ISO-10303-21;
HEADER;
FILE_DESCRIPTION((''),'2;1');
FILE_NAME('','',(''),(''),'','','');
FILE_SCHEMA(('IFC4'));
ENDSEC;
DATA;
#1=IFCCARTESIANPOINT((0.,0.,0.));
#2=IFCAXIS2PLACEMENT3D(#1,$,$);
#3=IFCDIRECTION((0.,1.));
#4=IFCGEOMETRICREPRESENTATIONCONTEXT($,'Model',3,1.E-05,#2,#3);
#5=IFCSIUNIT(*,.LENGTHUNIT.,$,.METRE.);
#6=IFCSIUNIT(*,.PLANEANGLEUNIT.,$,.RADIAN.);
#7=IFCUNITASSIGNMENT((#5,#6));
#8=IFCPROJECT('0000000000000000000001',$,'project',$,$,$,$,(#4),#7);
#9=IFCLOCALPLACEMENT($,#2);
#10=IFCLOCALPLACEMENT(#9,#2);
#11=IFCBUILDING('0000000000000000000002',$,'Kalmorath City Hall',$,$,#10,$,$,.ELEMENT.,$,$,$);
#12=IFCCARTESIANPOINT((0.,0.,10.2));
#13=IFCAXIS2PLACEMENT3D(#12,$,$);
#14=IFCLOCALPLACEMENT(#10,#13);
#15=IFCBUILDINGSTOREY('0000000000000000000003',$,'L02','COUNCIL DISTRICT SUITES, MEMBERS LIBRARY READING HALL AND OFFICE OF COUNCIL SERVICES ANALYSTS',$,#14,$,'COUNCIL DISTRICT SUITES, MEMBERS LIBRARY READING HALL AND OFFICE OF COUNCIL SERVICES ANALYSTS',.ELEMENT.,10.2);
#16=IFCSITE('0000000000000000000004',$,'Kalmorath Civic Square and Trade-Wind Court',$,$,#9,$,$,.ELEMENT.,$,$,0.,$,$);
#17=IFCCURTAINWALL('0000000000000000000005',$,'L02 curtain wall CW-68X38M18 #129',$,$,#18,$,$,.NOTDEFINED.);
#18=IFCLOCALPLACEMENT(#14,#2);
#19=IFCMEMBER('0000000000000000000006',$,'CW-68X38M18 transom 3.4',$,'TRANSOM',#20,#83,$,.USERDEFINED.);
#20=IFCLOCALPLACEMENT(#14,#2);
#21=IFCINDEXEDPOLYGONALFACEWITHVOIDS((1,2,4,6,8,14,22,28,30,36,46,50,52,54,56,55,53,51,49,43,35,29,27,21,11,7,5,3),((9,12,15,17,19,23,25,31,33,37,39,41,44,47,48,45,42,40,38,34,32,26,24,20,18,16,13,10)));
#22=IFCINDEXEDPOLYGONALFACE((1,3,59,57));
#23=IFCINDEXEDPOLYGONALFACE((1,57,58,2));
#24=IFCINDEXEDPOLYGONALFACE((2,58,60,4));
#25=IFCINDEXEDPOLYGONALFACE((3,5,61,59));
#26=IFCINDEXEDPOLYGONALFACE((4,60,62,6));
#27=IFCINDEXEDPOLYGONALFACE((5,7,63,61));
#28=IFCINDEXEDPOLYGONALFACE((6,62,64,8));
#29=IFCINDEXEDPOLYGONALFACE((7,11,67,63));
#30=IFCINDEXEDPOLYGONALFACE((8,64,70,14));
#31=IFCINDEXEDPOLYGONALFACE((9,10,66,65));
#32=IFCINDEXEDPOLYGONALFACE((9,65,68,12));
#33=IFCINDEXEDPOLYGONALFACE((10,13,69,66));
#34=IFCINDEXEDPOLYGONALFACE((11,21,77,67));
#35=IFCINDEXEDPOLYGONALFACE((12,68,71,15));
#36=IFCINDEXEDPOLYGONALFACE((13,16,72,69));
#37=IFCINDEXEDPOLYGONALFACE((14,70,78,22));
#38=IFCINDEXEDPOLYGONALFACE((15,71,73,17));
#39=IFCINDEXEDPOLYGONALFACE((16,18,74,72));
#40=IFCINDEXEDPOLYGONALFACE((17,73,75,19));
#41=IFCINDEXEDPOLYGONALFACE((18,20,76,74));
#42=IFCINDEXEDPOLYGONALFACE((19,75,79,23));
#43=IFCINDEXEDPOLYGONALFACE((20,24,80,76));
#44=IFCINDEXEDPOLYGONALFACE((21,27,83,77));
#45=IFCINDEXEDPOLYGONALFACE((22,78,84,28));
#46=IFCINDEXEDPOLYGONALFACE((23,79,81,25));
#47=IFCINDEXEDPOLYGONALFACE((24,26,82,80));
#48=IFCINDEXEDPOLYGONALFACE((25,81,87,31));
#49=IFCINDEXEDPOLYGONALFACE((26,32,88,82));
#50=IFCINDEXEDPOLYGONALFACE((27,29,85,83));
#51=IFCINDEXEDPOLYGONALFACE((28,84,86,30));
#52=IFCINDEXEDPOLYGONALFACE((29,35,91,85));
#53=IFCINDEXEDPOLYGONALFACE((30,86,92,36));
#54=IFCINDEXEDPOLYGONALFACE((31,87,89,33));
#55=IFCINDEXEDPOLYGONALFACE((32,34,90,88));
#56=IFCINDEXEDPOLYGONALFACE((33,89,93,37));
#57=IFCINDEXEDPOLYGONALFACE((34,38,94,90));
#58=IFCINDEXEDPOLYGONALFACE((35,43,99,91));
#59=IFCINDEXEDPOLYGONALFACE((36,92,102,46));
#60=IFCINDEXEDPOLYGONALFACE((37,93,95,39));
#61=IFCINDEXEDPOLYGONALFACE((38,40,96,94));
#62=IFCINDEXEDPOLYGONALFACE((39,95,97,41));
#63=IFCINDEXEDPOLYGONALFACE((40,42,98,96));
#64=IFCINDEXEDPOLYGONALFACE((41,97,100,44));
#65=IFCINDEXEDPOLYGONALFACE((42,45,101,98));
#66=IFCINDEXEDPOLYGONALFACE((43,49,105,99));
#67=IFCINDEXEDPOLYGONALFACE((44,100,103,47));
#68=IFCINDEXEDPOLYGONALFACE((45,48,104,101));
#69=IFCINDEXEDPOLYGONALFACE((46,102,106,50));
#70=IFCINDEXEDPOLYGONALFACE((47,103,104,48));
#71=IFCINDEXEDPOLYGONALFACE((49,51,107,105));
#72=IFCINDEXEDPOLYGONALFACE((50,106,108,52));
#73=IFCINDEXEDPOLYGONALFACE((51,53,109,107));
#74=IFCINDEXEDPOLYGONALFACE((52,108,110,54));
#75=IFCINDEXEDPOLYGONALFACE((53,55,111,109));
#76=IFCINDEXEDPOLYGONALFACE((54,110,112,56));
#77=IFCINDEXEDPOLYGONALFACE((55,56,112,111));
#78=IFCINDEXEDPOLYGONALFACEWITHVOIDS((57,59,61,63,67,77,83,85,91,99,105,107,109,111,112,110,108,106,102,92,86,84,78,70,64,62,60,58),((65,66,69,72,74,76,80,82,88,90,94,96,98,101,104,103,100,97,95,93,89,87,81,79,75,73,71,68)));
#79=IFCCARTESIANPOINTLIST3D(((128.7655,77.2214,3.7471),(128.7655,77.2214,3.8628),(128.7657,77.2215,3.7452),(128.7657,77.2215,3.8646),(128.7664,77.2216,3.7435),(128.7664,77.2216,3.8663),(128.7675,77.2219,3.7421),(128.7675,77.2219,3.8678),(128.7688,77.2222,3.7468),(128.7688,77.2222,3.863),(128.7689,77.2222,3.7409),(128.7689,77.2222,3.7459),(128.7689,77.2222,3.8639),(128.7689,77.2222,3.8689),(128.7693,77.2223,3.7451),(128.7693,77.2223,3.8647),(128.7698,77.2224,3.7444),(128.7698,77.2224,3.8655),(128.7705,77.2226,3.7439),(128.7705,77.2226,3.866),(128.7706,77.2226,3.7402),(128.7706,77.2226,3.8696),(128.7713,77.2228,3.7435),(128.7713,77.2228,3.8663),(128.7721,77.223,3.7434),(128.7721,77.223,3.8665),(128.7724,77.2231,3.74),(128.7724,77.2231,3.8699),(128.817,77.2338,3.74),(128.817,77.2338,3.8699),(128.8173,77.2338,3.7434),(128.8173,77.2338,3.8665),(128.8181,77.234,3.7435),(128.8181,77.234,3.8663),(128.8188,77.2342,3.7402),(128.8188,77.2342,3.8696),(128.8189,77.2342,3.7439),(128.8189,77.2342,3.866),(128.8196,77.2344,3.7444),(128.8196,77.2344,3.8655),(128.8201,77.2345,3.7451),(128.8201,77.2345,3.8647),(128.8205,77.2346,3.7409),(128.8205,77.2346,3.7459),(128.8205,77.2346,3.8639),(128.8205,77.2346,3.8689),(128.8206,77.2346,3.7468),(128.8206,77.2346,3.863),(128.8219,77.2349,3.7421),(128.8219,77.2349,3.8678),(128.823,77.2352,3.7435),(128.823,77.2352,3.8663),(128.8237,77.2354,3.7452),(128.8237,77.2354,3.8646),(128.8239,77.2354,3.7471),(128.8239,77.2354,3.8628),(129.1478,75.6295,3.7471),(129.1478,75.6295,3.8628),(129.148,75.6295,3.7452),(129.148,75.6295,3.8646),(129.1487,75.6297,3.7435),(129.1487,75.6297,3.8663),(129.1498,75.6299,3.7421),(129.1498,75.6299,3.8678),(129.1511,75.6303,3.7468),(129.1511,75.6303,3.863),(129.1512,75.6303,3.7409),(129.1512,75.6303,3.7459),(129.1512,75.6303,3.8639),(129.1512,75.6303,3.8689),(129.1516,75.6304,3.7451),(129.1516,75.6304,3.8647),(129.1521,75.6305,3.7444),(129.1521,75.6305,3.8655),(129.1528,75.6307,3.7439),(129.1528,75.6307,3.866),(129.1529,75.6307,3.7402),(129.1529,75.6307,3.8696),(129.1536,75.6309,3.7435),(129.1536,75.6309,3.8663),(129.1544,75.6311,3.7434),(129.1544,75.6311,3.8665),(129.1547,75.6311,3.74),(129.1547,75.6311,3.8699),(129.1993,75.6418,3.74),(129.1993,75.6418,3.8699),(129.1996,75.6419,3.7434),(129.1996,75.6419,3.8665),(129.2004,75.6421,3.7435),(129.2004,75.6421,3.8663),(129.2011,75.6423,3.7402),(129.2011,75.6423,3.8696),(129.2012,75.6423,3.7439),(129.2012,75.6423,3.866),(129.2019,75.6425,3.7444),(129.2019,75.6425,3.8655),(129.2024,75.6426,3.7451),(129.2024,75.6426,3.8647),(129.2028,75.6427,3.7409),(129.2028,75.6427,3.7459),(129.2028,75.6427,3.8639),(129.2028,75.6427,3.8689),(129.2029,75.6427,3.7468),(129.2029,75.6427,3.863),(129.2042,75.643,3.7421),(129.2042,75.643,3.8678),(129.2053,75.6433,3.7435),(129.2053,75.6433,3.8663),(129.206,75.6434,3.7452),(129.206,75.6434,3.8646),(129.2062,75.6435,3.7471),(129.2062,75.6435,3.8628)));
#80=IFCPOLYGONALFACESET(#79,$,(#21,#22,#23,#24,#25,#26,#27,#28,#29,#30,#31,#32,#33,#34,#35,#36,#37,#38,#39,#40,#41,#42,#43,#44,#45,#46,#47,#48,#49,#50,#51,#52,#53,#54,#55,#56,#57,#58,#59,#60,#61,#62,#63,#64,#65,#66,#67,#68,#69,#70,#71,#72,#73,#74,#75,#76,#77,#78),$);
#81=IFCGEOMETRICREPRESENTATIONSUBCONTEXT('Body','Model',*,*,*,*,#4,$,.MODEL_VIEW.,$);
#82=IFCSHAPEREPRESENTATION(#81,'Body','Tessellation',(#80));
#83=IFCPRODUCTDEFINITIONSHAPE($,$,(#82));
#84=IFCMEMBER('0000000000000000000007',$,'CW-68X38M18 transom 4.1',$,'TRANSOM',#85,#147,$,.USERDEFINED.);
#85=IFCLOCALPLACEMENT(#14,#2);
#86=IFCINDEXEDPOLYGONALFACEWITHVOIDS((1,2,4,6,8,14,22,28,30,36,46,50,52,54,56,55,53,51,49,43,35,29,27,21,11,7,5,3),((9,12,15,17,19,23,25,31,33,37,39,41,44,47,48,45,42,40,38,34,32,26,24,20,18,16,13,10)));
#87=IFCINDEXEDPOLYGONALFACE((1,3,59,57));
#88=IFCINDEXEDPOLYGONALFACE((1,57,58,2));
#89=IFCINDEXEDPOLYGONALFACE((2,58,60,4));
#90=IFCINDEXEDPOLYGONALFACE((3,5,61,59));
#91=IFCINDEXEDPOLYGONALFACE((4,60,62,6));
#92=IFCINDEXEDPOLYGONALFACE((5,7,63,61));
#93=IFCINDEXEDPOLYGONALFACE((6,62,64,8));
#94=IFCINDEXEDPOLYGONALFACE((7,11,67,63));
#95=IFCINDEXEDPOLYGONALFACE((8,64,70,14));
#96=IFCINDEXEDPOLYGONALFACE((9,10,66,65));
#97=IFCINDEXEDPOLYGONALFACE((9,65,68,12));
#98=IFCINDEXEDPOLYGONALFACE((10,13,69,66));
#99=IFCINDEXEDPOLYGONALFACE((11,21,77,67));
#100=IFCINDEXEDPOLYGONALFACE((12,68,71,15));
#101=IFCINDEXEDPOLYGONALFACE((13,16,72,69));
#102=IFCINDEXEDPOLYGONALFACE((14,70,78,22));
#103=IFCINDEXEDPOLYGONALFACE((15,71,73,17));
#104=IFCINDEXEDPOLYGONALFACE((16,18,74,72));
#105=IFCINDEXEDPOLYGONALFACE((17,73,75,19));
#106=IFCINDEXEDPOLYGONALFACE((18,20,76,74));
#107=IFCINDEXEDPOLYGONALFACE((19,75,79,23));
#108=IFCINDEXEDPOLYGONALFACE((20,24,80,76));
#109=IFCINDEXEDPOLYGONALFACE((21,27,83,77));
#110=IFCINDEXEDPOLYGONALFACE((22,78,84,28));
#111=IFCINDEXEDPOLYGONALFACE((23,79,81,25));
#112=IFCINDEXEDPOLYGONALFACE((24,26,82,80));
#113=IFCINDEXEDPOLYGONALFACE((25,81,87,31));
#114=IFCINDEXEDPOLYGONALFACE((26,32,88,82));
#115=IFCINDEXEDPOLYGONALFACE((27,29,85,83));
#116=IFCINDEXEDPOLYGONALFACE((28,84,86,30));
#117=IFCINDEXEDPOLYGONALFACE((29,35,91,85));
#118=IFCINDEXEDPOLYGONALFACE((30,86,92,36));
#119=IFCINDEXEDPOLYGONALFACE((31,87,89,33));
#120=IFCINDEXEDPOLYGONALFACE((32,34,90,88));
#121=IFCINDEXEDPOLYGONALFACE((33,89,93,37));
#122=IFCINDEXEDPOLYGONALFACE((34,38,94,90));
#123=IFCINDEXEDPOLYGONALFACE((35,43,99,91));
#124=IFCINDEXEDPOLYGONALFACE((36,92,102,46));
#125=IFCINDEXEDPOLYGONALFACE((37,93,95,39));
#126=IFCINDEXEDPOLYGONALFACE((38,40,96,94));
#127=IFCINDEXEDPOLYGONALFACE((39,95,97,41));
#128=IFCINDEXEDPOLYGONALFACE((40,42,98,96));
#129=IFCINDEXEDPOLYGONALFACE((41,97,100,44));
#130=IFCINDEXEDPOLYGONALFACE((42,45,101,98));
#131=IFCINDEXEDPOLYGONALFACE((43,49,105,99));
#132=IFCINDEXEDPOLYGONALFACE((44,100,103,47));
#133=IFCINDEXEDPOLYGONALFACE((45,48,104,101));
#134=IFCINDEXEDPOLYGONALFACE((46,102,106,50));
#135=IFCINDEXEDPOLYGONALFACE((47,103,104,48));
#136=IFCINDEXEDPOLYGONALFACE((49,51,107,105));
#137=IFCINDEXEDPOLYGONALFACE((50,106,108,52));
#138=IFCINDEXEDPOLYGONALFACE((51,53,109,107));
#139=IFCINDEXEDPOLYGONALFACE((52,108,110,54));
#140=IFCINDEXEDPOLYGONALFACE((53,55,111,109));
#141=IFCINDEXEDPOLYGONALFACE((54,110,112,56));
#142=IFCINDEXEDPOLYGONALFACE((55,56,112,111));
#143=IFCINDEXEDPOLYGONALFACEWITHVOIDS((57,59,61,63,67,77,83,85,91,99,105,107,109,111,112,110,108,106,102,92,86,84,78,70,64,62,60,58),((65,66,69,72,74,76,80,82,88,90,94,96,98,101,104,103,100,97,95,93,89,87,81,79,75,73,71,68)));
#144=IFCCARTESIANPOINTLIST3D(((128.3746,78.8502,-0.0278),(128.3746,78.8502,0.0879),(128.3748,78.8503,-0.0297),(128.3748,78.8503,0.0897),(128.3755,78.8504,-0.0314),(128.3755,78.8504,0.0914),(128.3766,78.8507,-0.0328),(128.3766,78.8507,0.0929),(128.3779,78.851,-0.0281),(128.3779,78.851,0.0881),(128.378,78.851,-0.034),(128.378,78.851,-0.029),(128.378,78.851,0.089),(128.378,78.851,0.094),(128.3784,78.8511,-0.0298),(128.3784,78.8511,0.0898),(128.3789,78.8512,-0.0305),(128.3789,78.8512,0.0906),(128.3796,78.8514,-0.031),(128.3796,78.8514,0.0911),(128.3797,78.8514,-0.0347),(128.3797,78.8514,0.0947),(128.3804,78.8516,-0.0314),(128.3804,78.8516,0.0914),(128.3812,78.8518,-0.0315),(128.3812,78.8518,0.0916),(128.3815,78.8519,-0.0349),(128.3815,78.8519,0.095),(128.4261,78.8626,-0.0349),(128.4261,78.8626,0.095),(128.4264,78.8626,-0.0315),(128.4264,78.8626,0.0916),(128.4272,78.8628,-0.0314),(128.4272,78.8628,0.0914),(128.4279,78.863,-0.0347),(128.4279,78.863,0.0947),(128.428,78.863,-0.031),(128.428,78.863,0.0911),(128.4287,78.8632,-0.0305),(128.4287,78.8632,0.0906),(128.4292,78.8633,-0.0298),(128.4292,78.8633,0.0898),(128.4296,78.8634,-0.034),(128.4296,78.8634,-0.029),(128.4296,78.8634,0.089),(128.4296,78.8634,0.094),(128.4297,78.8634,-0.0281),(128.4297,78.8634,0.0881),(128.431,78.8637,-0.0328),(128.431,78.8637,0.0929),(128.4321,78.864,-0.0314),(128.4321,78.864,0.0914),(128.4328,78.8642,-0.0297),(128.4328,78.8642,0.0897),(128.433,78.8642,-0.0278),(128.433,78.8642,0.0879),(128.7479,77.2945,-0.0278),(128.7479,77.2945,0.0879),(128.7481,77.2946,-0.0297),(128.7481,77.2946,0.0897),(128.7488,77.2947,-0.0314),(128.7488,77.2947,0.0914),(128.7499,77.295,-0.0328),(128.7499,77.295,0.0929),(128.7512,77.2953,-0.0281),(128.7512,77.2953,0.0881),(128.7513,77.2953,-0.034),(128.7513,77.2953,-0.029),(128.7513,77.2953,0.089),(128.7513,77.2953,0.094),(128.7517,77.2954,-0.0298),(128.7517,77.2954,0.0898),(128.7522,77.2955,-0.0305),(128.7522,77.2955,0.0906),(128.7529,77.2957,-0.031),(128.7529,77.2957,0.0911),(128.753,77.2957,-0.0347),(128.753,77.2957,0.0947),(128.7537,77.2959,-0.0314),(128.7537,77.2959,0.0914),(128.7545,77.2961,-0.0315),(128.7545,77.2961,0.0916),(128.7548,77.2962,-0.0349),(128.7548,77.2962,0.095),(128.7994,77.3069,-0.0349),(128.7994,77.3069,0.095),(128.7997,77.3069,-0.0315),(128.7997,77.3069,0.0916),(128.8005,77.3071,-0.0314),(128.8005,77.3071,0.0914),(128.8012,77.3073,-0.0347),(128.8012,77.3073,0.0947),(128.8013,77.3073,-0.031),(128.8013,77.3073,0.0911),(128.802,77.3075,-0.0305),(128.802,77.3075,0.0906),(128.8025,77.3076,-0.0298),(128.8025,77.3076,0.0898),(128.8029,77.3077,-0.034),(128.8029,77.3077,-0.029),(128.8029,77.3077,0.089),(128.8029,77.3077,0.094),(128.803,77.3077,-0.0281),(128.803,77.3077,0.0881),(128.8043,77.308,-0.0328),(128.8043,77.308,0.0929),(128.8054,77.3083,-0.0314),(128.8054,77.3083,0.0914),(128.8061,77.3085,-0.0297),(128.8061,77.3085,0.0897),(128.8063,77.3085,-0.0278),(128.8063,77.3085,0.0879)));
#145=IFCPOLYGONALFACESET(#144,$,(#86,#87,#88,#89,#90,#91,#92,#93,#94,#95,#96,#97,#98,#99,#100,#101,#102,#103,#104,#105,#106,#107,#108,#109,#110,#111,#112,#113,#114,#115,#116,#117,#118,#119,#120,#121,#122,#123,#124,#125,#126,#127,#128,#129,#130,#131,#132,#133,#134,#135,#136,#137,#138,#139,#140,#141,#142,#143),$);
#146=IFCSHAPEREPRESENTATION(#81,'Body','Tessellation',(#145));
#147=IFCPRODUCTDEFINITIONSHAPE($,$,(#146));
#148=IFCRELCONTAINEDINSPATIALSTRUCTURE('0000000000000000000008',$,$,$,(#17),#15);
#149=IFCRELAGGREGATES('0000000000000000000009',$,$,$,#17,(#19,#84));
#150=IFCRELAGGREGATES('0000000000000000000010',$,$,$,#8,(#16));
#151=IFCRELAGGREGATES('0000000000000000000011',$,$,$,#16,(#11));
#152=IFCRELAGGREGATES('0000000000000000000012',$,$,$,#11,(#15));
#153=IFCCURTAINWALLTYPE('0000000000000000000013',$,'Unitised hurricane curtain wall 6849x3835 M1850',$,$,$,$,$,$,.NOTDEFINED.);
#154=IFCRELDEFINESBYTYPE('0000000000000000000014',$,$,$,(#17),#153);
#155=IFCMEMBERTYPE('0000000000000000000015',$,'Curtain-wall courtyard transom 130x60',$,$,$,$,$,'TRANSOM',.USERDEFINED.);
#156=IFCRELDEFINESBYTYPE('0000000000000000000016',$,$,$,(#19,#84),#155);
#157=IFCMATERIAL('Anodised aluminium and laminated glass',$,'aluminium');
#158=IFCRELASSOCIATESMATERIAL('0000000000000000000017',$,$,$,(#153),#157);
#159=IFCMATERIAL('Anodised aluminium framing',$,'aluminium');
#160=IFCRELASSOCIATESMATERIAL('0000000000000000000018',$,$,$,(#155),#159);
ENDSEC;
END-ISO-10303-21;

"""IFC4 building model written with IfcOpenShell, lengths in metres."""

from ifc_helpers import new_model, si_unit, direction, frame, origin, origin_2d, place, context, subcontext, project, spatial, hollow_rectangle, extrude, material, material_profile, profile_set, type_object, element, aggregate, save


model = new_model("IFC4")

# Units and contexts
model_context = context("Model", 3, precision=1e-05, world=origin(), true_north=direction((0.0, 1.0)))
body_context = subcontext(model_context, "Body", "Model", "MODEL_VIEW")
ifc_project = project(units=[si_unit("LENGTHUNIT", "METRE"), si_unit("PLANEANGLEUNIT", "RADIAN")], contexts=[model_context])

# Site, building, storey
site_placement = place(None, origin())
site = spatial("IfcSite", under=ifc_project, at=site_placement, Name="Kalmorath Civic Square and Trade-Wind Court", CompositionType="ELEMENT", RefElevation=0.0)
building_placement = place(site_placement, origin())
building = spatial("IfcBuilding", under=site, at=building_placement, Name="Kalmorath City Hall", CompositionType="ELEMENT")
storey_placement = place(building_placement, frame((0.0, 0.0, 10.2)))
storey = spatial("IfcBuildingStorey", under=building, at=storey_placement, Name="L02", Description="COUNCIL DISTRICT SUITES, MEMBERS LIBRARY READING HALL AND OFFICE OF COUNCIL SERVICES ANALYSTS", LongName="COUNCIL DISTRICT SUITES, MEMBERS LIBRARY READING HALL AND OFFICE OF COUNCIL SERVICES ANALYSTS", CompositionType="ELEMENT", Elevation=10.2)

# Curtain wall, members
ifc_material_1 = material(Name="Anodised aluminium and laminated glass", Category="aluminium")
curtain_wall_type = type_object("IfcCurtainWallType", Name="Unitised hurricane curtain wall 6849x3835 M1850", PredefinedType="NOTDEFINED", material=ifc_material_1)
curtain_wall_1_placement = place(storey_placement, origin())
curtain_wall_1 = element("IfcCurtainWall", 1, at=curtain_wall_1_placement, inside=storey, type_object=curtain_wall_type, Name="L02 curtain wall CW-68X38M18 #129", PredefinedType="NOTDEFINED")
ifc_material_2 = material(Name="Anodised aluminium framing", Category="aluminium")
ifc_material_profile_1 = material_profile(ifc_material_2, hollow_rectangle(XDim=0.0601, YDim=0.1299, WallThickness=0.0034, InnerFilletRadius=0.0034, OuterFilletRadius=0.0071, at=origin_2d()), Name="ALU-TRN-130X60X3.5")
ifc_profile_set_1 = profile_set([ifc_material_profile_1], Name="Anodised aluminium framing")
member_type_1 = type_object("IfcMemberType", Name="Curtain-wall courtyard transom 130x60", ElementType="TRANSOM", PredefinedType="USERDEFINED", material=ifc_profile_set_1)
member_1_placement = place(storey_placement, frame((129.177, 75.6365, 3.8049), z_axis=(-0.233508, 0.972355, 0.0), x_axis=(-0.972355, -0.233508, 0.0)))
member_1 = element("IfcMember", 2, at=member_1_placement, type_object=member_type_1, Name="CW-68X38M18 transom 3.4", ObjectType="TRANSOM", PredefinedType="USERDEFINED", context=body_context, shape_type="SweptSolid", body=[
    extrude(hollow_rectangle(XDim=0.0601, YDim=0.1299, WallThickness=0.0034, InnerFilletRadius=0.0034, OuterFilletRadius=0.0071, at=origin_2d()), origin(), (0.0, 0.0, 1.0), 1.6372),
])
member_2_placement = place(storey_placement, frame((128.7771, 77.3015, 0.03), z_axis=(-0.233333, 0.972397, 0.0), x_axis=(-0.972397, -0.233333, 0.0)))
member_2 = element("IfcMember", 3, at=member_2_placement, type_object=member_type_1, Name="CW-68X38M18 transom 4.1", ObjectType="TRANSOM", PredefinedType="USERDEFINED", context=body_context, shape_type="SweptSolid", body=[
    extrude(hollow_rectangle(XDim=0.0601, YDim=0.1299, WallThickness=0.0034, InnerFilletRadius=0.0034, OuterFilletRadius=0.0071, at=origin_2d()), origin(), (0.0, 0.0, 1.0), 1.5999),
])

aggregate(curtain_wall_1, [member_1, member_2])

save(model, "model.ifc")
